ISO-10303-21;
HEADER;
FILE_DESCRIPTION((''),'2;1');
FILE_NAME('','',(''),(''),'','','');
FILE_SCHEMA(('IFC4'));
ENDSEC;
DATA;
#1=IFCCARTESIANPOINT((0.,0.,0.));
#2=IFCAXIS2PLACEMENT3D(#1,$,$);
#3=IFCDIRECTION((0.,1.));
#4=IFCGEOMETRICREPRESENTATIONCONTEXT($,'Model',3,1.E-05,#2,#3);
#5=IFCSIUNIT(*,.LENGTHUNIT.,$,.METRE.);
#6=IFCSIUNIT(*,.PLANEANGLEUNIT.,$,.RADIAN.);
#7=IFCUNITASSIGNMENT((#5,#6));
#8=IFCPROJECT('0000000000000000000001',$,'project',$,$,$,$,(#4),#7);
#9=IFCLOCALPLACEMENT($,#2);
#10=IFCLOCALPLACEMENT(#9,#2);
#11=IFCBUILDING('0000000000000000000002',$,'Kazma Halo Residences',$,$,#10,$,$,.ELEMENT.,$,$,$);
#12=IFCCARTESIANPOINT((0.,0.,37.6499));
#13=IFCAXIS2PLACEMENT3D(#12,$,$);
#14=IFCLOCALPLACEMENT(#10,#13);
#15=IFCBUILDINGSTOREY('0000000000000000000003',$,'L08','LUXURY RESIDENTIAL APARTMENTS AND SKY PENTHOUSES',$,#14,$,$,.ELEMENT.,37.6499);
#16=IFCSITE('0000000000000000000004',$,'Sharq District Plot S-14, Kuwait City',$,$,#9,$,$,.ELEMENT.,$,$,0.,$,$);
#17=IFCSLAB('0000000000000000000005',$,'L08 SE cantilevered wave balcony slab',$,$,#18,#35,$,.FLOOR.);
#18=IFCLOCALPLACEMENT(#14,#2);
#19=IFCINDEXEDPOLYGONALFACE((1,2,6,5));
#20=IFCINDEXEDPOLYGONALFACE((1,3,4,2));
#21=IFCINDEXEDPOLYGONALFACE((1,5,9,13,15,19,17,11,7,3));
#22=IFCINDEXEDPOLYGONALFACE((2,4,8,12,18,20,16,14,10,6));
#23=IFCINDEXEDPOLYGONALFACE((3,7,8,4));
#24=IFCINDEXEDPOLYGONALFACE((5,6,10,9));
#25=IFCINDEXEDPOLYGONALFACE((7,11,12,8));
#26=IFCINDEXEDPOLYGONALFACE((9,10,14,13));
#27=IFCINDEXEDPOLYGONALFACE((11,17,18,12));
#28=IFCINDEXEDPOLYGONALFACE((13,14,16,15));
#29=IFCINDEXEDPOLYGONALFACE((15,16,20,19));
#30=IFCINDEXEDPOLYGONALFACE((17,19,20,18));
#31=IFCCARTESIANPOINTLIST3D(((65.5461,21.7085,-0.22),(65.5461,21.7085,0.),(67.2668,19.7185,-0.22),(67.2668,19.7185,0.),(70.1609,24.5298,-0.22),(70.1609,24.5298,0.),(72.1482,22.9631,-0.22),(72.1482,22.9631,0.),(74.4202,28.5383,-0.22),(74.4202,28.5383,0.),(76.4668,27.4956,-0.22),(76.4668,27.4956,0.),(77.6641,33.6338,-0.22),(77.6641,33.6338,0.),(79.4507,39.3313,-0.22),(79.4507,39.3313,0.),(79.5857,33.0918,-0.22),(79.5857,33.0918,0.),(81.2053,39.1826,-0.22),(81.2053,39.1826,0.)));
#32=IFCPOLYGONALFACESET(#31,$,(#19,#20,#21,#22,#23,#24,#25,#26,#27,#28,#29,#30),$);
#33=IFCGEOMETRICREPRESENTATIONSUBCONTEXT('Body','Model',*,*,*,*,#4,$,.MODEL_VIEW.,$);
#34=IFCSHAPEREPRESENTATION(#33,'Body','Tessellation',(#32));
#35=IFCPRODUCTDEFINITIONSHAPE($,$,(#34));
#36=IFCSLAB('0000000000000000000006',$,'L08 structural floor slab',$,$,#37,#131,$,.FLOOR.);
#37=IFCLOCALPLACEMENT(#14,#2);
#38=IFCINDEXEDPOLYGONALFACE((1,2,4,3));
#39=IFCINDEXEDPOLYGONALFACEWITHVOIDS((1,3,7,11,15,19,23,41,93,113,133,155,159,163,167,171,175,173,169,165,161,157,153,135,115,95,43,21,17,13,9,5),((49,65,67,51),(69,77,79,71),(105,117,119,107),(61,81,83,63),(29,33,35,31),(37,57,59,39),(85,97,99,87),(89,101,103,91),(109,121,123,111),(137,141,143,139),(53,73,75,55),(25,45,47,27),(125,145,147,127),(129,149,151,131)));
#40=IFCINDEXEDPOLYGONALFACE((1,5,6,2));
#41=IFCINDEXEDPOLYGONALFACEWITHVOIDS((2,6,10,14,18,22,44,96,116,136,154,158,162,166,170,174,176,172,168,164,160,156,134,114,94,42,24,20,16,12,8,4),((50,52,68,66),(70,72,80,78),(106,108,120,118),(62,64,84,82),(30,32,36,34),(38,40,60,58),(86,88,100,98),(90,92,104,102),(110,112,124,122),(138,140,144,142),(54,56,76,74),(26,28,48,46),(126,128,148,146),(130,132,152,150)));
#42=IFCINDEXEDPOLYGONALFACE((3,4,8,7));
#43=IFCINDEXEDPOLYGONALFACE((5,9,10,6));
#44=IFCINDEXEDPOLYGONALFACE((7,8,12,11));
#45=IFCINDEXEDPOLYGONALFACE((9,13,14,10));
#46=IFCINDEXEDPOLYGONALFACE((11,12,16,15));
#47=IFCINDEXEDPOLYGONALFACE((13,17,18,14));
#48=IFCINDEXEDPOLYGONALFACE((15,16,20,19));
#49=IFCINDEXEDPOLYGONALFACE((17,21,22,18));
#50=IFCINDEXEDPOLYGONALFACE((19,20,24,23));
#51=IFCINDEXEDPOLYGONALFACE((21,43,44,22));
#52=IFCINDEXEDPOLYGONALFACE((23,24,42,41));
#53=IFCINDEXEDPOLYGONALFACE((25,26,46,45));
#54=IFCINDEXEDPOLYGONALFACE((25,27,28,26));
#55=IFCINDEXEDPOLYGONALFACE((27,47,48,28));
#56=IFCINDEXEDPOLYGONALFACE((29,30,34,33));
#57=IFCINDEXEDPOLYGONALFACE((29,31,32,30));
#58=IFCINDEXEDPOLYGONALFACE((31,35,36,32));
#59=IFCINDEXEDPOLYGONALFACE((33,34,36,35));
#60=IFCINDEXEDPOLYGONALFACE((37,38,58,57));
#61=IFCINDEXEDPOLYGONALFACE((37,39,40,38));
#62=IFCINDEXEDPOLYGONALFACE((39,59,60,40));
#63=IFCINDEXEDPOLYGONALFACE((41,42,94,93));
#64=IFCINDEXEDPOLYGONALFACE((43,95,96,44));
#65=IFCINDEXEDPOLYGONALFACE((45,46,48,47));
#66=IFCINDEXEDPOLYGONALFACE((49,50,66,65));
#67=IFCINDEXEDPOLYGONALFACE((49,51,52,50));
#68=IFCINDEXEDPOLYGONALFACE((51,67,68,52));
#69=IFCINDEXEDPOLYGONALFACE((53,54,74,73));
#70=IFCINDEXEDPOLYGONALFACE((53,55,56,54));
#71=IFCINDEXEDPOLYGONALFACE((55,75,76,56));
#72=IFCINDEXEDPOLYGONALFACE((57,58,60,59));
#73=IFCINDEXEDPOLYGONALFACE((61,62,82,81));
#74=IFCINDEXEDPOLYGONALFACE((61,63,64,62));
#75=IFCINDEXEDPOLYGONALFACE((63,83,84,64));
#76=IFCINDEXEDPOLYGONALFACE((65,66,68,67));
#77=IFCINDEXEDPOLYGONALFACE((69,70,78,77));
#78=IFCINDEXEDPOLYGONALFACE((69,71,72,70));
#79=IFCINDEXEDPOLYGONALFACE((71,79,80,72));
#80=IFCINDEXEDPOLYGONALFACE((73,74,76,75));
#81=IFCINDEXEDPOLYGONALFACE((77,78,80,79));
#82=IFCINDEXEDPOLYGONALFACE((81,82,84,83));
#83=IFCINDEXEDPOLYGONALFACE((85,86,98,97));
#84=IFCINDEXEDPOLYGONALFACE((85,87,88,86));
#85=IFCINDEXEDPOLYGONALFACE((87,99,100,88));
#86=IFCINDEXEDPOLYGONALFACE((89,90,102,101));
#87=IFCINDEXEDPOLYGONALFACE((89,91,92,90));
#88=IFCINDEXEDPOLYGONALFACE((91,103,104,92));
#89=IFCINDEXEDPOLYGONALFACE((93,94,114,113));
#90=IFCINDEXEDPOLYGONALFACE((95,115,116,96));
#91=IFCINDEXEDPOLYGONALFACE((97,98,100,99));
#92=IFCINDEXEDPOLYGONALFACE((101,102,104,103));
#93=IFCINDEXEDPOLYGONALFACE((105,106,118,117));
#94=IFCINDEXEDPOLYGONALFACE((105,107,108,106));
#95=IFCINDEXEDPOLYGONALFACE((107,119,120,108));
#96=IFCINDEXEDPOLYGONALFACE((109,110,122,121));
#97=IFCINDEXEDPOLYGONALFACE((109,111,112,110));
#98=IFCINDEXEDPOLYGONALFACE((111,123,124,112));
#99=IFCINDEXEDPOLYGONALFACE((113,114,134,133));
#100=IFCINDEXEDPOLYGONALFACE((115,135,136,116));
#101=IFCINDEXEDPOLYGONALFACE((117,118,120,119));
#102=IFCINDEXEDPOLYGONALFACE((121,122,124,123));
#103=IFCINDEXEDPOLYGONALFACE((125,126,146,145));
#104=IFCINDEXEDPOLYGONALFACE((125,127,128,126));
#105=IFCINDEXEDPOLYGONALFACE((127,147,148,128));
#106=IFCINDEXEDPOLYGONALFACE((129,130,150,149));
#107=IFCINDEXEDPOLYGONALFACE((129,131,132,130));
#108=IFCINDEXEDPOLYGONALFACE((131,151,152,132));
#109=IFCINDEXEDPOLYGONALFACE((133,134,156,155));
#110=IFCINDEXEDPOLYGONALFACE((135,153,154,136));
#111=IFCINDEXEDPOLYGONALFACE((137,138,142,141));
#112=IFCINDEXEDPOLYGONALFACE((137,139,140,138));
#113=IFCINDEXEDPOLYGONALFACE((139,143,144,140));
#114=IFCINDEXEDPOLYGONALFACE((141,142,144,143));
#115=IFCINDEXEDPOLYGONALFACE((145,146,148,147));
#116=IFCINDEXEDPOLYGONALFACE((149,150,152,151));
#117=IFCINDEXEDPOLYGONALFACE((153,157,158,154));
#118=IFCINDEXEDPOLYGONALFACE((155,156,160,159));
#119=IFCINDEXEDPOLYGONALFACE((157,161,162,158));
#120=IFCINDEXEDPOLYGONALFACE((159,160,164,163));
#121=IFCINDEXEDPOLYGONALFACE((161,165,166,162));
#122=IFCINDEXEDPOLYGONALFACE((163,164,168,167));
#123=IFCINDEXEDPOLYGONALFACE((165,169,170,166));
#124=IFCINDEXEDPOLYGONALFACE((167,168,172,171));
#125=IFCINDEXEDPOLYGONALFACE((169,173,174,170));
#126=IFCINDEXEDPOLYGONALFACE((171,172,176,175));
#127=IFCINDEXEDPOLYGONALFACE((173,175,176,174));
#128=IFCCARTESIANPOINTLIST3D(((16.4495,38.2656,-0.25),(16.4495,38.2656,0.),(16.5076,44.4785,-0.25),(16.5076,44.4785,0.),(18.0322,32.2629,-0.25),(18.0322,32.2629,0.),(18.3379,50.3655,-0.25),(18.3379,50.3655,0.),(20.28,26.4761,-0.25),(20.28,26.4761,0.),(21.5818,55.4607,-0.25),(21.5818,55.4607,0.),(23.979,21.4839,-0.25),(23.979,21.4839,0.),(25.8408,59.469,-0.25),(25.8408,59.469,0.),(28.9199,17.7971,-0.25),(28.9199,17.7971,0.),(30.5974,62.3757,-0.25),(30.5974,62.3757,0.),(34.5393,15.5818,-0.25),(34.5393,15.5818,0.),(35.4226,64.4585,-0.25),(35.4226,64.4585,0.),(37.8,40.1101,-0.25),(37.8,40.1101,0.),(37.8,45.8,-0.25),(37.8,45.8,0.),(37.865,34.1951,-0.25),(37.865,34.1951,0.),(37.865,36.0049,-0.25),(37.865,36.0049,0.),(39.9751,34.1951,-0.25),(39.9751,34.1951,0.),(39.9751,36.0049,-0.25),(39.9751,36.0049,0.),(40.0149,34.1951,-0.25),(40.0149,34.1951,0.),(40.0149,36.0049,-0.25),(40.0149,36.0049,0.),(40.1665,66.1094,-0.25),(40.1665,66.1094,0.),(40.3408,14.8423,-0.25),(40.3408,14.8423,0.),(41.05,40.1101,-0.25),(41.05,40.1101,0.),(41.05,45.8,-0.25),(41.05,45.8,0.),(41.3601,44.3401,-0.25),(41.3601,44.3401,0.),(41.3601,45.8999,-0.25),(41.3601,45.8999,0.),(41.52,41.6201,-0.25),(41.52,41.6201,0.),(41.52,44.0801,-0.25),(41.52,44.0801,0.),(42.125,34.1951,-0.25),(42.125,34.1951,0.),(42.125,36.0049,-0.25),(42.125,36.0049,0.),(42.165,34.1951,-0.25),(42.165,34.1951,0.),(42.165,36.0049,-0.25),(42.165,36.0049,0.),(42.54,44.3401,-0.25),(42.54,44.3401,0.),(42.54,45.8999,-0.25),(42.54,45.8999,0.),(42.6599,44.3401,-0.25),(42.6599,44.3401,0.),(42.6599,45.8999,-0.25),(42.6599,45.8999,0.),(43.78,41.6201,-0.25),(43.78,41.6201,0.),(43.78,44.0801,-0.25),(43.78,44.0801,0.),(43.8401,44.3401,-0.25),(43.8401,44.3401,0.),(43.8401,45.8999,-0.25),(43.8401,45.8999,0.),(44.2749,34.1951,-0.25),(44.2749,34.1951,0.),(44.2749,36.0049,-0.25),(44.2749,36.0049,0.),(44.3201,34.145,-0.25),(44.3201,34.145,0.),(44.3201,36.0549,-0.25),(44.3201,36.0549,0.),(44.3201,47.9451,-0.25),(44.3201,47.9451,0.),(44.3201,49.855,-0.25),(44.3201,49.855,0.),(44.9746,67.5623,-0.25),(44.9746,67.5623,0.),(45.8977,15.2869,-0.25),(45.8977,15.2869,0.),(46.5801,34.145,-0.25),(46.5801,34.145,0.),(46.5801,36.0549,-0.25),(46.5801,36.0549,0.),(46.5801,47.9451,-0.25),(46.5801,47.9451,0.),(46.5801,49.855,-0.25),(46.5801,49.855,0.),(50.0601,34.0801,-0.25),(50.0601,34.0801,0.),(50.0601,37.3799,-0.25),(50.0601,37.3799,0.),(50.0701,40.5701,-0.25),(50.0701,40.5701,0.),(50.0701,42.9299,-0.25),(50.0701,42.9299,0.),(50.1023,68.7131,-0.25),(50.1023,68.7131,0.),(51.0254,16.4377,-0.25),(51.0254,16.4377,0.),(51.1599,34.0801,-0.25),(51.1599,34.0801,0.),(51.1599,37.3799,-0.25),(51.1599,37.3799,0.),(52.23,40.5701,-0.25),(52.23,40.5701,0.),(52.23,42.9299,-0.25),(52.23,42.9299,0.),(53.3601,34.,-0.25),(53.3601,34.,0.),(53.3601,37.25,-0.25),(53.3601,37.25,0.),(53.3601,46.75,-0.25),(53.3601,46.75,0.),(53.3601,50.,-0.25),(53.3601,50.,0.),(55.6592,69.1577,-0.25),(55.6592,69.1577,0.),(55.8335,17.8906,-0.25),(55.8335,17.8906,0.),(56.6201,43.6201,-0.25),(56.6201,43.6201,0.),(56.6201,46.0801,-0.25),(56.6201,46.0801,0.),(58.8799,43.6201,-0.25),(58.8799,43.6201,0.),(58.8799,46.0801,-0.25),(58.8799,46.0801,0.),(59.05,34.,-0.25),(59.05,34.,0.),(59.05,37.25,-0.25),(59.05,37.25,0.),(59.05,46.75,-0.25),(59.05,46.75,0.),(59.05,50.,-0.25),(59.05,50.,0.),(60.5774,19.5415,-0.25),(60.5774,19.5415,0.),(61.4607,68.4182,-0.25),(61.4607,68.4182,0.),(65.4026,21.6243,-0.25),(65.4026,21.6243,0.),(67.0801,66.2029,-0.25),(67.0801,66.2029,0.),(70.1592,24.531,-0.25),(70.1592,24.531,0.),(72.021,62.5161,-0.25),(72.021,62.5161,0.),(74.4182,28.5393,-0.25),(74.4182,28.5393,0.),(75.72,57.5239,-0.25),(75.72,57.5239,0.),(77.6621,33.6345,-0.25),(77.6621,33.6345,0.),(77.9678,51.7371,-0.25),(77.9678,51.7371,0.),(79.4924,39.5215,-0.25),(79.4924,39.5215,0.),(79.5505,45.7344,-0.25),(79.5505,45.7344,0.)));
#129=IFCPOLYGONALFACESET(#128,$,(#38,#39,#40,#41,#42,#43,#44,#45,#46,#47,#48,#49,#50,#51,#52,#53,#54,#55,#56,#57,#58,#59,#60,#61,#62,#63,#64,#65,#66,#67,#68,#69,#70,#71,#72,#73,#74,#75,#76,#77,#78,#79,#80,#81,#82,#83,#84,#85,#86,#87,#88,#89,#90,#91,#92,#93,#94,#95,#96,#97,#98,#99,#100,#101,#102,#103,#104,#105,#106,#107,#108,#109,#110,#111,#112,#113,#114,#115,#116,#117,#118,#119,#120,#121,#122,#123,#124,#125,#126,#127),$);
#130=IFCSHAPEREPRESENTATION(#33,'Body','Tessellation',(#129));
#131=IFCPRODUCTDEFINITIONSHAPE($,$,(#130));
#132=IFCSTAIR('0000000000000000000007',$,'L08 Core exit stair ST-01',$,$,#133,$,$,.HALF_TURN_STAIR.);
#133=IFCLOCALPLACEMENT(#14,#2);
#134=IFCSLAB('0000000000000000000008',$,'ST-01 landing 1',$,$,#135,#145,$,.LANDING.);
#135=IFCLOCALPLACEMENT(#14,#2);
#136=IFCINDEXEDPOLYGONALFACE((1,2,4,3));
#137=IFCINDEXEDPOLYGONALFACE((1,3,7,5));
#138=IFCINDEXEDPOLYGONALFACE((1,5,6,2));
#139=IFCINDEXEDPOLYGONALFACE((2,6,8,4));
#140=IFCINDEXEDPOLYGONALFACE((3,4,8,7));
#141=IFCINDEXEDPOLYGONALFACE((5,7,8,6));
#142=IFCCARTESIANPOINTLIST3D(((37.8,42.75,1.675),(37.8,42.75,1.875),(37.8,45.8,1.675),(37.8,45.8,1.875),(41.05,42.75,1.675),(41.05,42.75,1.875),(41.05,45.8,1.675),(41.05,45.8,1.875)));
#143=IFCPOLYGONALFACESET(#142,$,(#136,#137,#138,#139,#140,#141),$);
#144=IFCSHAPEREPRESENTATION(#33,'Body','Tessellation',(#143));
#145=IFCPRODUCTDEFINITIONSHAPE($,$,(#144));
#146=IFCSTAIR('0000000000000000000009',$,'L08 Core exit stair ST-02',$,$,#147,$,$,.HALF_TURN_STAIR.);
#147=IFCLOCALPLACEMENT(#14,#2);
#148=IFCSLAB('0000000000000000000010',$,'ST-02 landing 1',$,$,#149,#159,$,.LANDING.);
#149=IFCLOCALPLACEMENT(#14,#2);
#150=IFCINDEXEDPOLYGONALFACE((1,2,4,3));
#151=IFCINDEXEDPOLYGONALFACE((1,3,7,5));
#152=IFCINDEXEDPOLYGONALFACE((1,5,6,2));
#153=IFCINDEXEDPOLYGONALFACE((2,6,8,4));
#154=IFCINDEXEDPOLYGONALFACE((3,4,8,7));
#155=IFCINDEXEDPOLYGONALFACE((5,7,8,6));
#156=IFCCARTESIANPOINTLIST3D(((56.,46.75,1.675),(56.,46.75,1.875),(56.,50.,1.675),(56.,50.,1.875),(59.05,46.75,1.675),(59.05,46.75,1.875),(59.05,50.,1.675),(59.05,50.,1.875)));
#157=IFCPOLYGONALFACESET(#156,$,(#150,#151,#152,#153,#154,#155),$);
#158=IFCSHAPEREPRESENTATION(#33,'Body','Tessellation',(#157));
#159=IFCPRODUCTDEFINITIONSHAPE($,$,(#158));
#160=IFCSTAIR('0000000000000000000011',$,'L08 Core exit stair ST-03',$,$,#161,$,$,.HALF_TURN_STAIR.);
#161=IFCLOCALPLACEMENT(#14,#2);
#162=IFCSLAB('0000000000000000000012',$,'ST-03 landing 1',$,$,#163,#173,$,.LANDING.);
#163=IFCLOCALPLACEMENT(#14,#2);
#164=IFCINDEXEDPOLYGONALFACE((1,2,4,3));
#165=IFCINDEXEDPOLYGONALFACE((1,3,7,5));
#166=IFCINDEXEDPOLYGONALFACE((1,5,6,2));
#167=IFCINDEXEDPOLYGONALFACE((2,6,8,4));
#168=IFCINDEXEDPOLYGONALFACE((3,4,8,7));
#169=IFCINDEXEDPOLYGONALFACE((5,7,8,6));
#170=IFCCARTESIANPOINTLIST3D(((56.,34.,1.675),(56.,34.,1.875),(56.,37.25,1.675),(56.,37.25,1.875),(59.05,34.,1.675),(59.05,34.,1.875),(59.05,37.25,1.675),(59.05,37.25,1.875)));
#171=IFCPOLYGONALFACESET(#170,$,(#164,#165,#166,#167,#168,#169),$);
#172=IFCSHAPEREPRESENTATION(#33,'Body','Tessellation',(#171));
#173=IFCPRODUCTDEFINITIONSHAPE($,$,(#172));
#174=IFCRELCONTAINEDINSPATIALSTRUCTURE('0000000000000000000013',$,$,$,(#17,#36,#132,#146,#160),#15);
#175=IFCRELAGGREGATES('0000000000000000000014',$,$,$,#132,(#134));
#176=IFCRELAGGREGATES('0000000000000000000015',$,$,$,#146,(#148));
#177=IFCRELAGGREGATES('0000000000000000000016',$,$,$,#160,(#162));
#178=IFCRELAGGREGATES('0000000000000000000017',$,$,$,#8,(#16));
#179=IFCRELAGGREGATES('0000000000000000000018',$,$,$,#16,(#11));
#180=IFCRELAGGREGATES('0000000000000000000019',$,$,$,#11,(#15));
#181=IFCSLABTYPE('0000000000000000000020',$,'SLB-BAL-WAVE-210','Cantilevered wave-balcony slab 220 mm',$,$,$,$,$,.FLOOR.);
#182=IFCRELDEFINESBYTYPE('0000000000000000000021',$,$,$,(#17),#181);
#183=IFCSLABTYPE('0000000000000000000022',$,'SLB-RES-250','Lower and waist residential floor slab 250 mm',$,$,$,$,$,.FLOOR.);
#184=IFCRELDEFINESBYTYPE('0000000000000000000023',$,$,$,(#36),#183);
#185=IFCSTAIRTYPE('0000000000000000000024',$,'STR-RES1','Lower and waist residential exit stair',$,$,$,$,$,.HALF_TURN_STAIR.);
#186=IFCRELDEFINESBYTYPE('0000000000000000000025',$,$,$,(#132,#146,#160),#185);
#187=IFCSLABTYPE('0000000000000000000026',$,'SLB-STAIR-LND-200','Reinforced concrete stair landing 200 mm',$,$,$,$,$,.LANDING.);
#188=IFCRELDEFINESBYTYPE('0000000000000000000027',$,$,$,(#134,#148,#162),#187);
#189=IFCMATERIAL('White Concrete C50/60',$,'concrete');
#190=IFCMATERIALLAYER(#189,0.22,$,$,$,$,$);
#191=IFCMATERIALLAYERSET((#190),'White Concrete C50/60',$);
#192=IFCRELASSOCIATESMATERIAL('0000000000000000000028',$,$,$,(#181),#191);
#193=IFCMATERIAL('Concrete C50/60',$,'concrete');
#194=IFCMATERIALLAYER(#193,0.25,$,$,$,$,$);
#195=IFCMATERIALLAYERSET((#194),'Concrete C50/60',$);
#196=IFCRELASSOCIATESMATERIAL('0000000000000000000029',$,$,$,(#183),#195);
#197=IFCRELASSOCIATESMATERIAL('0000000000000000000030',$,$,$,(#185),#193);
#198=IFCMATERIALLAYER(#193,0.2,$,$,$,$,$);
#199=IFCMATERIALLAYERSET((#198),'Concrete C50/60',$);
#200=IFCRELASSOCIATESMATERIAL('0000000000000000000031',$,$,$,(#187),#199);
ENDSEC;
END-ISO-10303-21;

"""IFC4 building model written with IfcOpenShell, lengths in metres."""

from ifc_helpers import new_model, si_unit, direction, frame, origin, place, context, subcontext, project, spatial, polyline, outline, extrude, material, layer, layer_set, type_object, element, aggregate, save


model = new_model("IFC4")

# Units and contexts
model_context = context("Model", 3, precision=1e-05, world=origin(), true_north=direction((0.0, 1.0)))
body_context = subcontext(model_context, "Body", "Model", "MODEL_VIEW")
ifc_project = project(units=[si_unit("LENGTHUNIT", "METRE"), si_unit("PLANEANGLEUNIT", "RADIAN")], contexts=[model_context])

# Site, building, storey
site_placement = place(None, origin())
site = spatial("IfcSite", under=ifc_project, at=site_placement, Name="Sharq District Plot S-14, Kuwait City", CompositionType="ELEMENT", RefElevation=0.0)
building_placement = place(site_placement, origin())
building = spatial("IfcBuilding", under=site, at=building_placement, Name="Kazma Halo Residences", CompositionType="ELEMENT")
storey_placement = place(building_placement, frame((0.0, 0.0, 37.6499)))
storey = spatial("IfcBuildingStorey", under=building, at=storey_placement, Name="L08", Description="LUXURY RESIDENTIAL APARTMENTS AND SKY PENTHOUSES", CompositionType="ELEMENT", Elevation=37.6499)

# Slabs
ifc_material_1 = material(Name="White Concrete C50/60", Category="concrete")
ifc_layer_1 = layer(ifc_material_1, 0.22)
ifc_layer_set_1 = layer_set([ifc_layer_1], Name="White Concrete C50/60")
slab_type_1 = type_object("IfcSlabType", Name="SLB-BAL-WAVE-210", Description="Cantilevered wave-balcony slab 220 mm", PredefinedType="FLOOR", material=ifc_layer_set_1)
slab_1_placement = place(storey_placement, frame((0.0, 0.0, -0.22)))
element("IfcSlab", 1, at=slab_1_placement, inside=storey, type_object=slab_type_1, Name="L08 SE cantilevered wave balcony slab", PredefinedType="FLOOR", context=body_context, shape_type="SweptSolid", body=[
    extrude(outline(polyline([(65.5461, 21.7085), (70.1609, 24.5298), (74.4202, 28.5383), (77.6641, 33.6338), (79.4507, 39.3313), (81.2053, 39.1826), (79.5857, 33.0918), (76.4668, 27.4956), (72.1482, 22.9631), (67.2668, 19.7185), (65.5461, 21.7085)])), origin(), (0.0, 0.0, 1.0), 0.22),
])
ifc_material_2 = material(Name="Concrete C50/60", Category="concrete")
ifc_layer_2 = layer(ifc_material_2, 0.25)
ifc_layer_set_2 = layer_set([ifc_layer_2], Name="Concrete C50/60")
slab_type_2 = type_object("IfcSlabType", Name="SLB-RES-250", Description="Lower and waist residential floor slab 250 mm", PredefinedType="FLOOR", material=ifc_layer_set_2)
slab_2_placement = place(storey_placement, frame((0.0, 0.0, -0.25)))
element("IfcSlab", 2, at=slab_2_placement, inside=storey, type_object=slab_type_2, Name="L08 structural floor slab", PredefinedType="FLOOR", context=body_context, shape_type="SweptSolid", body=[
    extrude(outline(polyline([(77.9678, 51.7371), (75.72, 57.5239), (72.021, 62.5161), (67.0801, 66.2029), (61.4607, 68.4182), (55.6592, 69.1577), (50.1023, 68.7131), (44.9746, 67.5623), (40.1665, 66.1094), (35.4226, 64.4585), (30.5974, 62.3757), (25.8408, 59.469), (21.5818, 55.4607), (18.3379, 50.3655), (16.5076, 44.4785), (16.4495, 38.2656), (18.0322, 32.2629), (20.28, 26.4761), (23.979, 21.4839), (28.9199, 17.7971), (34.5393, 15.5818), (40.3408, 14.8423), (45.8977, 15.2869), (51.0254, 16.4377), (55.8335, 17.8906), (60.5774, 19.5415), (65.4026, 21.6243), (70.1592, 24.531), (74.4182, 28.5393), (77.6621, 33.6345), (79.4924, 39.5215), (79.5505, 45.7344), (77.9678, 51.7371)]), holes=[polyline([(37.8, 40.1101), (41.05, 40.1101), (41.05, 45.8), (37.8, 45.8), (37.8, 40.1101)]), polyline([(53.3601, 46.75), (59.05, 46.75), (59.05, 50.0), (53.3601, 50.0), (53.3601, 46.75)]), polyline([(53.3601, 34.0), (59.05, 34.0), (59.05, 37.25), (53.3601, 37.25), (53.3601, 34.0)]), polyline([(41.52, 41.6201), (43.78, 41.6201), (43.78, 44.0801), (41.52, 44.0801), (41.52, 41.6201)]), polyline([(56.6201, 43.6201), (58.8799, 43.6201), (58.8799, 46.0801), (56.6201, 46.0801), (56.6201, 43.6201)]), polyline([(37.865, 34.1951), (39.9751, 34.1951), (39.9751, 36.0049), (37.865, 36.0049), (37.865, 34.1951)]), polyline([(40.0149, 34.1951), (42.125, 34.1951), (42.125, 36.0049), (40.0149, 36.0049), (40.0149, 34.1951)]), polyline([(42.165, 34.1951), (44.2749, 34.1951), (44.2749, 36.0049), (42.165, 36.0049), (42.165, 34.1951)]), polyline([(44.3201, 47.9451), (46.5801, 47.9451), (46.5801, 49.855), (44.3201, 49.855), (44.3201, 47.9451)]), polyline([(44.3201, 34.145), (46.5801, 34.145), (46.5801, 36.0549), (44.3201, 36.0549), (44.3201, 34.145)]), polyline([(50.0701, 40.5701), (52.23, 40.5701), (52.23, 42.9299), (50.0701, 42.9299), (50.0701, 40.5701)]), polyline([(41.3601, 44.3401), (42.54, 44.3401), (42.54, 45.8999), (41.3601, 45.8999), (41.3601, 44.3401)]), polyline([(42.6599, 44.3401), (43.8401, 44.3401), (43.8401, 45.8999), (42.6599, 45.8999), (42.6599, 44.3401)]), polyline([(50.0601, 34.0801), (51.1599, 34.0801), (51.1599, 37.3799), (50.0601, 37.3799), (50.0601, 34.0801)])]), origin(), (0.0, 0.0, 1.0), 0.25),
])

# Stairs, slabs
stair_type = type_object("IfcStairType", Name="STR-RES1", Description="Lower and waist residential exit stair", PredefinedType="HALF_TURN_STAIR", material=ifc_material_2)
stair_1_placement = place(storey_placement, origin())
stair_1 = element("IfcStair", 3, at=stair_1_placement, inside=storey, type_object=stair_type, Name="L08 Core exit stair ST-01", PredefinedType="HALF_TURN_STAIR")
ifc_layer_3 = layer(ifc_material_2, 0.2)
ifc_layer_set_3 = layer_set([ifc_layer_3], Name="Concrete C50/60")
slab_type_3 = type_object("IfcSlabType", Name="SLB-STAIR-LND-200", Description="Reinforced concrete stair landing 200 mm", PredefinedType="LANDING", material=ifc_layer_set_3)
slab_3_placement = place(storey_placement, frame((0.0, 0.0, 1.675)))
slab_3 = element("IfcSlab", 4, at=slab_3_placement, type_object=slab_type_3, Name="ST-01 landing 1", PredefinedType="LANDING", context=body_context, shape_type="SweptSolid", body=[
    extrude(outline(polyline([(41.05, 42.75), (41.05, 45.8), (37.8, 45.8), (37.8, 42.75), (41.05, 42.75)])), origin(), (0.0, 0.0, 1.0), 0.2),
])
aggregate(stair_1, [slab_3])
stair_2_placement = place(storey_placement, origin())
stair_2 = element("IfcStair", 5, at=stair_2_placement, inside=storey, type_object=stair_type, Name="L08 Core exit stair ST-02", PredefinedType="HALF_TURN_STAIR")
slab_4_placement = place(storey_placement, frame((0.0, 0.0, 1.675)))
slab_4 = element("IfcSlab", 6, at=slab_4_placement, type_object=slab_type_3, Name="ST-02 landing 1", PredefinedType="LANDING", context=body_context, shape_type="SweptSolid", body=[
    extrude(outline(polyline([(56.0, 46.75), (59.05, 46.75), (59.05, 50.0), (56.0, 50.0), (56.0, 46.75)])), origin(), (0.0, 0.0, 1.0), 0.2),
])
aggregate(stair_2, [slab_4])
stair_3_placement = place(storey_placement, origin())
stair_3 = element("IfcStair", 7, at=stair_3_placement, inside=storey, type_object=stair_type, Name="L08 Core exit stair ST-03", PredefinedType="HALF_TURN_STAIR")
slab_5_placement = place(storey_placement, frame((0.0, 0.0, 1.675)))
slab_5 = element("IfcSlab", 8, at=slab_5_placement, type_object=slab_type_3, Name="ST-03 landing 1", PredefinedType="LANDING", context=body_context, shape_type="SweptSolid", body=[
    extrude(outline(polyline([(56.0, 34.0), (59.05, 34.0), (59.05, 37.25), (56.0, 37.25), (56.0, 34.0)])), origin(), (0.0, 0.0, 1.0), 0.2),
])
aggregate(stair_3, [slab_5])

save(model, "model.ifc")
